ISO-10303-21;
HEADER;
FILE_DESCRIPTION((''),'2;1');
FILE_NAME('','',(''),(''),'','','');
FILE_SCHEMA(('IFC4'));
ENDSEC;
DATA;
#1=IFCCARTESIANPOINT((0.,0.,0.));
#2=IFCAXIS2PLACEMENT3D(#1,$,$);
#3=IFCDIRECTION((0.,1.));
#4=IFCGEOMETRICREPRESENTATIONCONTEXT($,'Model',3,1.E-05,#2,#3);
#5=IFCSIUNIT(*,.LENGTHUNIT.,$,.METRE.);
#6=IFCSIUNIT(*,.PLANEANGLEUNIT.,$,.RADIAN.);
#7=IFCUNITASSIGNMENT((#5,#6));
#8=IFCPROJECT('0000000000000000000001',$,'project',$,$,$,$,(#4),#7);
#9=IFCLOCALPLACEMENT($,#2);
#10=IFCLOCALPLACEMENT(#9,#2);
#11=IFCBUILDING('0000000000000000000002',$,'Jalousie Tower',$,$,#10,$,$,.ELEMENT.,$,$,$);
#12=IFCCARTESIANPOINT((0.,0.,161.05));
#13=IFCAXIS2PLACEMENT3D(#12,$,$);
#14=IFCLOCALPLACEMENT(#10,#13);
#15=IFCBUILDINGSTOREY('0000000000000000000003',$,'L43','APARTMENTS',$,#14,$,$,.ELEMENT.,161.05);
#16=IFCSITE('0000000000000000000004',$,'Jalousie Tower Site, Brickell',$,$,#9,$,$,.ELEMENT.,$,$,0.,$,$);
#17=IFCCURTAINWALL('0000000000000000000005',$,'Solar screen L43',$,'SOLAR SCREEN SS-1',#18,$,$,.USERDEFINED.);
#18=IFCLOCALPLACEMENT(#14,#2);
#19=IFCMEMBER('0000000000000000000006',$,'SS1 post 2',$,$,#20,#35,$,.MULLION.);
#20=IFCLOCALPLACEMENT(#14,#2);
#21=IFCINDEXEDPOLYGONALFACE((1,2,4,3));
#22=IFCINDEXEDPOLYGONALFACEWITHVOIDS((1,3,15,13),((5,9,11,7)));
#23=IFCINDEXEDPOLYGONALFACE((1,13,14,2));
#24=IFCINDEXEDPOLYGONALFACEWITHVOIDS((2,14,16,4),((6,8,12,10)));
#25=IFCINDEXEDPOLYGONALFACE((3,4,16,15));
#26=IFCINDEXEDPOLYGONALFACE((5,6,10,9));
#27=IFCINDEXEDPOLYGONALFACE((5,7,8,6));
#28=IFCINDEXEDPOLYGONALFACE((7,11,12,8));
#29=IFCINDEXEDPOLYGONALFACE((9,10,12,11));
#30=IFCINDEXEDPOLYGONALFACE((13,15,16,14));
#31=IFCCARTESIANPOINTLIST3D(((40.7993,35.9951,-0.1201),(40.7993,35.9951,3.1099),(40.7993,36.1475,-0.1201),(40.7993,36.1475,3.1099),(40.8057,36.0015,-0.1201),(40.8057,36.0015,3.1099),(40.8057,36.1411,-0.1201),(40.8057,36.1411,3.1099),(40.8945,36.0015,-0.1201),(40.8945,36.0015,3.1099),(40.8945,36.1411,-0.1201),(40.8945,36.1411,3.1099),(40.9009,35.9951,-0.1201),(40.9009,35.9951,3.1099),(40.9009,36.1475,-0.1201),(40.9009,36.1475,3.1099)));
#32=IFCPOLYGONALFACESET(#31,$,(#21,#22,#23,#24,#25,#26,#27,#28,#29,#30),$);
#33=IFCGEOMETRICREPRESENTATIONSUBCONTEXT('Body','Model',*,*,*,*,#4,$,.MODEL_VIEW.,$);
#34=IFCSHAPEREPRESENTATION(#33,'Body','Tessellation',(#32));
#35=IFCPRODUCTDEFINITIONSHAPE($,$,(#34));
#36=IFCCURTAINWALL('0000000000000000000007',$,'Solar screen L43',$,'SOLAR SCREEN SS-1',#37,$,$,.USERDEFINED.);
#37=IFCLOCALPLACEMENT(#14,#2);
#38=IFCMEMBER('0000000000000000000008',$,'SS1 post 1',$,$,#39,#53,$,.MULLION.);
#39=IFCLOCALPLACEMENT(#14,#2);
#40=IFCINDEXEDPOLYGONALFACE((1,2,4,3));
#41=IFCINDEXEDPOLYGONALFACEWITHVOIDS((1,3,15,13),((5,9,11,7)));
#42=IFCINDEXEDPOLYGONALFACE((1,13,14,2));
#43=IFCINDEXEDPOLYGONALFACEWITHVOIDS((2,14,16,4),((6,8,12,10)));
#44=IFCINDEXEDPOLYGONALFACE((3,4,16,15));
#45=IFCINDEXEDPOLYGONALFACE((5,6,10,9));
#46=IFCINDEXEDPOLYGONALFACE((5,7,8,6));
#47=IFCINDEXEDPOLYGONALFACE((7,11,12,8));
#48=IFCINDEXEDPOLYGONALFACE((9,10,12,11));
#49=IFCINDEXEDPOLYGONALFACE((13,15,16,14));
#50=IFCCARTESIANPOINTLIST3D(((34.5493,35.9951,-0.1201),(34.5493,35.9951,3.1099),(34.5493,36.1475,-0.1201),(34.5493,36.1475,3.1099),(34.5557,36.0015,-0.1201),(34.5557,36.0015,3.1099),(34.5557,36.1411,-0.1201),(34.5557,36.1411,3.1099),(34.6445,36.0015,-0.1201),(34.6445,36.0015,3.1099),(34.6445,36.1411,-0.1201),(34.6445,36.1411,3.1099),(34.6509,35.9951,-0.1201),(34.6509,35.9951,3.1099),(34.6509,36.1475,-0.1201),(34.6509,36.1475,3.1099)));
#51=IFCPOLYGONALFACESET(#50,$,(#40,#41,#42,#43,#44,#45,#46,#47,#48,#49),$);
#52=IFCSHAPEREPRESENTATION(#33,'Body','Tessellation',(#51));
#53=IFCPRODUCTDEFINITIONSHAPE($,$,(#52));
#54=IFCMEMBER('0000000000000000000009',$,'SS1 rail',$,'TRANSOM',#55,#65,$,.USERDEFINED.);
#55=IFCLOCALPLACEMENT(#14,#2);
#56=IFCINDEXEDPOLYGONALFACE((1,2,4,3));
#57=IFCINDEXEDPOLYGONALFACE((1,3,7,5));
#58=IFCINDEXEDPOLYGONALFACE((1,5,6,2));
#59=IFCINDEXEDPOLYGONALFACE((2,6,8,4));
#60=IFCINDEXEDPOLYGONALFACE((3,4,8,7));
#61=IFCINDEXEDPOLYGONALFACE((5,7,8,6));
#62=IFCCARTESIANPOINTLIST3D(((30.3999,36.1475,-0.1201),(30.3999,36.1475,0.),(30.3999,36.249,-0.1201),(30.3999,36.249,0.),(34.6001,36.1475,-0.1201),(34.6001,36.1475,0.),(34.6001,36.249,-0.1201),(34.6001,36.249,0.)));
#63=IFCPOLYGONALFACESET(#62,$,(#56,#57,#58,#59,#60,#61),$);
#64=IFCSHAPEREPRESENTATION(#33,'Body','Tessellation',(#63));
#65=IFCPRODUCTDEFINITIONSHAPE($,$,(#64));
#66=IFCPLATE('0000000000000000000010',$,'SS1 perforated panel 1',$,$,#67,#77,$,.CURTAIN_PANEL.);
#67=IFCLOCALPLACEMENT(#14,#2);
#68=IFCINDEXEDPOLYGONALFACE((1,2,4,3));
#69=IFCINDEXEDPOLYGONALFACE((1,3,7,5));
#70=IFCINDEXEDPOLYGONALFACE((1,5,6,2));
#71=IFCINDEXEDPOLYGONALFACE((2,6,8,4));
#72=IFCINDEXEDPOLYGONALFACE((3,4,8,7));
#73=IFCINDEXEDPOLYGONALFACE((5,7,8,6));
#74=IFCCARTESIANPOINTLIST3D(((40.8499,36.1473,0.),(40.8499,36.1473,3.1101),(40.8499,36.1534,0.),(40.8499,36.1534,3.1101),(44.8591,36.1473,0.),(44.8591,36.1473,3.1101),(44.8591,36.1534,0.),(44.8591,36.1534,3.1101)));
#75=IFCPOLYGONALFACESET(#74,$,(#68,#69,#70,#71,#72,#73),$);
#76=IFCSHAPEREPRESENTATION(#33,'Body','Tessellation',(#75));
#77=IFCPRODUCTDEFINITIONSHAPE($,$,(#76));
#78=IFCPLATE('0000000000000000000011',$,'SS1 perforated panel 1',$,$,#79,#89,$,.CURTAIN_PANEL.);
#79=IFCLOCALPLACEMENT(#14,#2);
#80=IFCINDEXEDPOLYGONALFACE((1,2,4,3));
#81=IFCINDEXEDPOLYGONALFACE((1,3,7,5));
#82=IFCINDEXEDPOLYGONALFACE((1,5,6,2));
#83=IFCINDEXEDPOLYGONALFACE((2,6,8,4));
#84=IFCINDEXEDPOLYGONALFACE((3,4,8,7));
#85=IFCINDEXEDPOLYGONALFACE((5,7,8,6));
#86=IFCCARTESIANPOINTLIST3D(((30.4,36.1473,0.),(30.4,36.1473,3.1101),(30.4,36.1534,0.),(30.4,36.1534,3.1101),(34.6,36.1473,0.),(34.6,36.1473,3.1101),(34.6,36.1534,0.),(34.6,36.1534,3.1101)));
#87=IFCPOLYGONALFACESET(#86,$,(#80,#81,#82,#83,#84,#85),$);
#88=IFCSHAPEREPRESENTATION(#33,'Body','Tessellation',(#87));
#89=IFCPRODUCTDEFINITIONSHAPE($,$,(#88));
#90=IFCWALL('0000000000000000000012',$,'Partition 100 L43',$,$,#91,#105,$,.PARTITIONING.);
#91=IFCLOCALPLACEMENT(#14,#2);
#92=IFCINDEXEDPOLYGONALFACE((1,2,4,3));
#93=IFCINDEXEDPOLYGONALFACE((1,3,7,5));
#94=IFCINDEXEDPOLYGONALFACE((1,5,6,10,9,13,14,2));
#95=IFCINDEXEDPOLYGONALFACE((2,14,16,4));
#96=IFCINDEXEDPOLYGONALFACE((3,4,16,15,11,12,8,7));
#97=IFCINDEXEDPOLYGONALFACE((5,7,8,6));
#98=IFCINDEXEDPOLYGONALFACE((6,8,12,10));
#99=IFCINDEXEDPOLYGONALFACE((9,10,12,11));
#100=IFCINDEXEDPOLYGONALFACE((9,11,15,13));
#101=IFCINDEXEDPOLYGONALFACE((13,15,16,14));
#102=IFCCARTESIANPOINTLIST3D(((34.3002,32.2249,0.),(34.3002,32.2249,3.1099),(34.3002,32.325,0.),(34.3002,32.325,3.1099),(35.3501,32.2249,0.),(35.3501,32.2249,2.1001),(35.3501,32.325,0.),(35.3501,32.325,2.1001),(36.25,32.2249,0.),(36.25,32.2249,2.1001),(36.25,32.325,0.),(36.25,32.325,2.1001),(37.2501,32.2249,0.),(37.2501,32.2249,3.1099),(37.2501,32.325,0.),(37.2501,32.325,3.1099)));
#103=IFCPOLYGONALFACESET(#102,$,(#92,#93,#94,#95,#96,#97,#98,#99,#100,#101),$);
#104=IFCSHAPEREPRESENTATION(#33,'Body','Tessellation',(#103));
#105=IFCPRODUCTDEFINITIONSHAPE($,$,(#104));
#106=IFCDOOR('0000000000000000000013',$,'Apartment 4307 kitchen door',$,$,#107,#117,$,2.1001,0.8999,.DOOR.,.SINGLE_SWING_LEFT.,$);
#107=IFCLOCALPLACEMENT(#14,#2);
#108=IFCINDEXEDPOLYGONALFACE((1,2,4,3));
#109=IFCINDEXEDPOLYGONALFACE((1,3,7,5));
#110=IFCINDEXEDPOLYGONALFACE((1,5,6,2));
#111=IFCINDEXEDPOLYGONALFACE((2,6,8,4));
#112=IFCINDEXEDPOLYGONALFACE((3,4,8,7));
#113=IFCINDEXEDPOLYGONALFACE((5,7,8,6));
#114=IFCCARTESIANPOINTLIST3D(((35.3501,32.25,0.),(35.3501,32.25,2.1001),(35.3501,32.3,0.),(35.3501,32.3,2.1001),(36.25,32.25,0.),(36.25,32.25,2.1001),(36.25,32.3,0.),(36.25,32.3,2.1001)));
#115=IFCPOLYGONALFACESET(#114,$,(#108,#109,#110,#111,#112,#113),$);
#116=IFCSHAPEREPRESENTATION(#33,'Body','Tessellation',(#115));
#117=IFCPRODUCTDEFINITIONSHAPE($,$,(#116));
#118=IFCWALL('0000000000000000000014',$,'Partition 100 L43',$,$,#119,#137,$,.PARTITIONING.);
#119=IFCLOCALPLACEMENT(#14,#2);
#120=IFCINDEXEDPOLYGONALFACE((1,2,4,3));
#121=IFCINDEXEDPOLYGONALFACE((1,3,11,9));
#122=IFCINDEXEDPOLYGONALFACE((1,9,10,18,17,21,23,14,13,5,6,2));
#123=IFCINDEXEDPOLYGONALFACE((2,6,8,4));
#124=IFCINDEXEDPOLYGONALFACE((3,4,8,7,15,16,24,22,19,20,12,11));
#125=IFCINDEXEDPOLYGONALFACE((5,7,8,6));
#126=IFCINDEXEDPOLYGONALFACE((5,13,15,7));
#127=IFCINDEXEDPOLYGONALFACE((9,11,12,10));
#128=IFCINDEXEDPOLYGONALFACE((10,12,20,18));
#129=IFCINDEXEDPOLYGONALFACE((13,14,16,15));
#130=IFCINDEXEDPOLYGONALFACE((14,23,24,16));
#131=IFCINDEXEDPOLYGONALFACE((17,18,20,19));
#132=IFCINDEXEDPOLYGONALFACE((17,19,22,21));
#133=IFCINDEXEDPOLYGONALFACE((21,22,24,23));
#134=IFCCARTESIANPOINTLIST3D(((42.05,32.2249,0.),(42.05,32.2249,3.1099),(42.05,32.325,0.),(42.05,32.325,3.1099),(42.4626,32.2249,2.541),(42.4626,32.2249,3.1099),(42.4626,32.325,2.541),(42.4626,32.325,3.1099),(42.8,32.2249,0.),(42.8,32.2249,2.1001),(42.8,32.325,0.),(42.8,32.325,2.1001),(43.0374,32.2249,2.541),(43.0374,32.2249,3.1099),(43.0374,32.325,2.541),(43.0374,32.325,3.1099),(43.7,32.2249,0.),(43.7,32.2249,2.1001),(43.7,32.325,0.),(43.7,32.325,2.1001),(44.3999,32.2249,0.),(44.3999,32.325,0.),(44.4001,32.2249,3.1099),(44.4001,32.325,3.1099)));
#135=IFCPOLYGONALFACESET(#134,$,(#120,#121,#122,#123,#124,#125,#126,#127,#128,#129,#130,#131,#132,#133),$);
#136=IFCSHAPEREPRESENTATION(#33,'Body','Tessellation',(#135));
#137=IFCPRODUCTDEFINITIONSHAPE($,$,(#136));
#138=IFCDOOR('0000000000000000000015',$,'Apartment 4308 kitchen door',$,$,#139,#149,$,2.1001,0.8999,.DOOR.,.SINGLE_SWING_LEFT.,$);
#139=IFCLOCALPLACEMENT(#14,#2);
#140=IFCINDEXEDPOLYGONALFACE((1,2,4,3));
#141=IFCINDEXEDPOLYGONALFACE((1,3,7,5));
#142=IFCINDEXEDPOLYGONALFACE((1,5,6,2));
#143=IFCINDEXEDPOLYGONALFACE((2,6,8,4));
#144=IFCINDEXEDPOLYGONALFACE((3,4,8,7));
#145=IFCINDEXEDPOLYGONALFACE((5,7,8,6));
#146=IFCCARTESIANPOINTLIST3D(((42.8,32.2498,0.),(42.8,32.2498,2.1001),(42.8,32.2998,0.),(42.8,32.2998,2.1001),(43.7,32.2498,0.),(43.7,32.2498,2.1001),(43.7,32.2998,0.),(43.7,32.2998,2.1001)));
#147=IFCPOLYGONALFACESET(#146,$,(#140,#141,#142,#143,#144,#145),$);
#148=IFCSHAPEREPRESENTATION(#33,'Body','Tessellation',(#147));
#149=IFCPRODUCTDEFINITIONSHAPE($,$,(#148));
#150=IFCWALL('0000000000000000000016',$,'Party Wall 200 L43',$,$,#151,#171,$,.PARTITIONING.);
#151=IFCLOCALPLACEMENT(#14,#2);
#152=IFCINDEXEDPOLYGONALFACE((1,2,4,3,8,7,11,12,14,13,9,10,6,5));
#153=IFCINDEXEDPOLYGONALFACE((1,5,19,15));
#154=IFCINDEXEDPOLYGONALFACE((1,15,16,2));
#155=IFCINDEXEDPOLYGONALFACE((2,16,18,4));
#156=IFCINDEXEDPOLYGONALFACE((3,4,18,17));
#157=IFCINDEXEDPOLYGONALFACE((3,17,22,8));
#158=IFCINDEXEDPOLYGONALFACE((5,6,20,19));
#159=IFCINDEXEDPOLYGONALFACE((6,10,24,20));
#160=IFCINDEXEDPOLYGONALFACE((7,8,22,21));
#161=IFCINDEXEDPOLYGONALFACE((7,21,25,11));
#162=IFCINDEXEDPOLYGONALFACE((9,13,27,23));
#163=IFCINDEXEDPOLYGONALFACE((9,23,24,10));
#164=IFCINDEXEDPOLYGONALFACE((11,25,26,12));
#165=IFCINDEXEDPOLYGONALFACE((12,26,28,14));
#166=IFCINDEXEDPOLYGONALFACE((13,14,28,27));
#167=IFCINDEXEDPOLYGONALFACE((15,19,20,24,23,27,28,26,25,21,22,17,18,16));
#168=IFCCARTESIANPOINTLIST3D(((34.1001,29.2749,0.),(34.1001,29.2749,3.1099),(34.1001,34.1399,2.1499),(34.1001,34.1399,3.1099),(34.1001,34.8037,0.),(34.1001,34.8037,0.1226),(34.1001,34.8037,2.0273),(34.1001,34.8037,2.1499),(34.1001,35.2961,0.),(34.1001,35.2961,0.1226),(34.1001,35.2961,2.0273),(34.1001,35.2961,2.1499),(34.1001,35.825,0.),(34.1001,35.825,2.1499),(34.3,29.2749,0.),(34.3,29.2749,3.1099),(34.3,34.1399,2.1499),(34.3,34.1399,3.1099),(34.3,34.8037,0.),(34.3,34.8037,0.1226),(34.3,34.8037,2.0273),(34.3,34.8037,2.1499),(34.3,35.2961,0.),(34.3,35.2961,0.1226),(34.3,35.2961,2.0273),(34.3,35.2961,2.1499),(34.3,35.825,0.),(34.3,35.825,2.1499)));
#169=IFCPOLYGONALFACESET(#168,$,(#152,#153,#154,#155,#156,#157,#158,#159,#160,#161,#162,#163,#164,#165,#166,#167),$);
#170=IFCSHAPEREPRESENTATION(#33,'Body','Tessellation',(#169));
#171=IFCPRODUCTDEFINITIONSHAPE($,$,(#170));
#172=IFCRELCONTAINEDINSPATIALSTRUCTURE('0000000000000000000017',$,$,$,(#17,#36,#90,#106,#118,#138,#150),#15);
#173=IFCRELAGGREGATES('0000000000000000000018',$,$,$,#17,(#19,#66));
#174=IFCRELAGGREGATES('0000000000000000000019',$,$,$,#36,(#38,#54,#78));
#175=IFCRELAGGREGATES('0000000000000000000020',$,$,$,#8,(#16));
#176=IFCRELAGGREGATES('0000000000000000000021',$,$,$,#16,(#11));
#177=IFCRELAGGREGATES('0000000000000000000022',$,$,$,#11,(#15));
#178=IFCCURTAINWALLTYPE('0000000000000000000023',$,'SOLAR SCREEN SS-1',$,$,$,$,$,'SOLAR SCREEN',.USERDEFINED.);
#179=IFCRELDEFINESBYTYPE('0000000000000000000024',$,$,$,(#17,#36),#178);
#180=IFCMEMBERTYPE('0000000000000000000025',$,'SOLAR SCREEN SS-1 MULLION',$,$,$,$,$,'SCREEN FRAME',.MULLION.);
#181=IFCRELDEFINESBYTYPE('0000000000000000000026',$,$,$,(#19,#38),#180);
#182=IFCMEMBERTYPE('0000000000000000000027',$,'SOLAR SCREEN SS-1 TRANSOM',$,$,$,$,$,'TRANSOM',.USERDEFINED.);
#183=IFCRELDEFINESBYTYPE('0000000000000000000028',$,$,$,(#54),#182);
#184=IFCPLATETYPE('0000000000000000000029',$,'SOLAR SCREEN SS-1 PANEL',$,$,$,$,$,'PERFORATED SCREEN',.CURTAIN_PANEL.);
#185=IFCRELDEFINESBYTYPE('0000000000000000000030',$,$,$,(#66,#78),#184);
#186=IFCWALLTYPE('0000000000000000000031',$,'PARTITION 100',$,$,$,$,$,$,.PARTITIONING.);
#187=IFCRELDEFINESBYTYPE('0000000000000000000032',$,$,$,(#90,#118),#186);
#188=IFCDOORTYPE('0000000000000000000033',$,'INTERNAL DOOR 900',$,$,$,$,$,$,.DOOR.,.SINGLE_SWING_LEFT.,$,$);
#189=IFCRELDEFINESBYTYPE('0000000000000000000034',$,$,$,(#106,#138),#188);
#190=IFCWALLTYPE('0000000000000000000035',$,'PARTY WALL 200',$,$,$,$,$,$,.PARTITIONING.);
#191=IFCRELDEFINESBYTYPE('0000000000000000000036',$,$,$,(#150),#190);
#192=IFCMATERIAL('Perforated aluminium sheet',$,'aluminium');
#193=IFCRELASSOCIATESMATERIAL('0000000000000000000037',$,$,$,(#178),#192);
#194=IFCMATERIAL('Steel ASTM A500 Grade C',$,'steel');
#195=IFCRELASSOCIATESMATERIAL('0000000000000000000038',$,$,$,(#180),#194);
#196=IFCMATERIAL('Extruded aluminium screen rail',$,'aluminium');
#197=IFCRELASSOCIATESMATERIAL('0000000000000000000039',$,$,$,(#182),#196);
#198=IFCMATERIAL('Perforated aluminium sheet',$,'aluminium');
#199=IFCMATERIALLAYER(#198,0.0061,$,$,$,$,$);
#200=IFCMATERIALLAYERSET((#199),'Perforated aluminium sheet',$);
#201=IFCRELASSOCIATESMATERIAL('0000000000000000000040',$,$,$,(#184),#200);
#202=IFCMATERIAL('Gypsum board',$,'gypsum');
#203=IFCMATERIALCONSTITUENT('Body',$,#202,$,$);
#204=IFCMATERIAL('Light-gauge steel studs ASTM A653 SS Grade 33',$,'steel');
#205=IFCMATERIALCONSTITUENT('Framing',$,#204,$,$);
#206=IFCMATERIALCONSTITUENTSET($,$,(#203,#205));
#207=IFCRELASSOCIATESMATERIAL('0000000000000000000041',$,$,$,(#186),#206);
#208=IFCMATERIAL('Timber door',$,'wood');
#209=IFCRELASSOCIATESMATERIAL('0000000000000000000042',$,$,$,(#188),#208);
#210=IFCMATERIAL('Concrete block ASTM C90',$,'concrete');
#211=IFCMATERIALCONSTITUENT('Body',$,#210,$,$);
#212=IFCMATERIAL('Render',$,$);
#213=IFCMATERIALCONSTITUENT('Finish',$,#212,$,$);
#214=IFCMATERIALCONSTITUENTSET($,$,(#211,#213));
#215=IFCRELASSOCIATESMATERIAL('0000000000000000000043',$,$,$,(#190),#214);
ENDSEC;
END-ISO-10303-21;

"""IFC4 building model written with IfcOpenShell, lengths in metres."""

from ifc_helpers import new_model, si_unit, direction, frame, frame_2d, origin, origin_2d, place, context, subcontext, project, spatial, polyline, rectangle, hollow_rectangle, outline, extrude, material, layer, layer_set, constituent, constituent_set, material_profile, profile_set, type_object, element, fill, aggregate, save


model = new_model("IFC4")

# Units and contexts
model_context = context("Model", 3, precision=1e-05, world=origin(), true_north=direction((0.0, 1.0)))
body_context = subcontext(model_context, "Body", "Model", "MODEL_VIEW")
ifc_project = project(units=[si_unit("LENGTHUNIT", "METRE"), si_unit("PLANEANGLEUNIT", "RADIAN")], contexts=[model_context])

# Site, building, storey
site_placement = place(None, origin())
site = spatial("IfcSite", under=ifc_project, at=site_placement, Name="Jalousie Tower Site, Brickell", CompositionType="ELEMENT", RefElevation=0.0)
building_placement = place(site_placement, origin())
building = spatial("IfcBuilding", under=site, at=building_placement, Name="Jalousie Tower", CompositionType="ELEMENT")
storey_placement = place(building_placement, frame((0.0, 0.0, 161.05)))
storey = spatial("IfcBuildingStorey", under=building, at=storey_placement, Name="L43", Description="APARTMENTS", CompositionType="ELEMENT", Elevation=161.05)

# Curtain wall, member
ifc_material_1 = material(Name="Perforated aluminium sheet", Category="aluminium")
curtain_wall_type = type_object("IfcCurtainWallType", Name="SOLAR SCREEN SS-1", ElementType="SOLAR SCREEN", PredefinedType="USERDEFINED", material=ifc_material_1)
curtain_wall_1_placement = place(storey_placement, origin())
curtain_wall_1 = element("IfcCurtainWall", 1, at=curtain_wall_1_placement, inside=storey, type_object=curtain_wall_type, Name="Solar screen L43", ObjectType="SOLAR SCREEN SS-1", PredefinedType="USERDEFINED")
ifc_material_2 = material(Name="Steel ASTM A500 Grade C", Category="steel")
ifc_material_profile_1 = material_profile(ifc_material_2, hollow_rectangle(XDim=0.1016, YDim=0.1523, WallThickness=0.0063, at=origin_2d()), Name="HSS6X4X1/4")
ifc_profile_set_1 = profile_set([ifc_material_profile_1], Name="Steel ASTM A500 Grade C")
member_type_1 = type_object("IfcMemberType", Name="SOLAR SCREEN SS-1 MULLION", ElementType="SCREEN FRAME", PredefinedType="MULLION", material=ifc_profile_set_1)
member_1_placement = place(storey_placement, frame((40.8501, 36.0713, -0.1201), z_axis=(0.0, 0.0, 1.0), x_axis=(-1.0, 0.0, 0.0)))
member_1 = element("IfcMember", 2, at=member_1_placement, type_object=member_type_1, Name="SS1 post 2", PredefinedType="MULLION", context=body_context, shape_type="SweptSolid", body=[
    extrude(hollow_rectangle(XDim=0.1016, YDim=0.1523, WallThickness=0.0063, at=origin_2d()), origin(), (0.0, 0.0, 1.0), 3.23),
])

# Curtain wall, members
curtain_wall_2_placement = place(storey_placement, origin())
curtain_wall_2 = element("IfcCurtainWall", 3, at=curtain_wall_2_placement, inside=storey, type_object=curtain_wall_type, Name="Solar screen L43", ObjectType="SOLAR SCREEN SS-1", PredefinedType="USERDEFINED")
member_2_placement = place(storey_placement, frame((34.6001, 36.0713, -0.1201), z_axis=(0.0, 0.0, 1.0), x_axis=(-1.0, 0.0, 0.0)))
member_2 = element("IfcMember", 4, at=member_2_placement, type_object=member_type_1, Name="SS1 post 1", PredefinedType="MULLION", context=body_context, shape_type="SweptSolid", body=[
    extrude(hollow_rectangle(XDim=0.1016, YDim=0.1523, WallThickness=0.0063, at=origin_2d()), origin(), (0.0, 0.0, 1.0), 3.23),
])
ifc_material_3 = material(Name="Extruded aluminium screen rail", Category="aluminium")
ifc_material_profile_2 = material_profile(ifc_material_3, rectangle(XDim=0.1016, YDim=0.1201, at=origin_2d()), Name="RAIL 102x120")
ifc_profile_set_2 = profile_set([ifc_material_profile_2], Name="Extruded aluminium screen rail")
member_type_2 = type_object("IfcMemberType", Name="SOLAR SCREEN SS-1 TRANSOM", ElementType="TRANSOM", PredefinedType="USERDEFINED", material=ifc_profile_set_2)
member_3_placement = place(storey_placement, frame((34.6001, 36.1982, -0.0601), z_axis=(-1.0, 0.0, 0.0), x_axis=(0.0, -1.0, 0.0)))
member_3 = element("IfcMember", 5, at=member_3_placement, type_object=member_type_2, Name="SS1 rail", ObjectType="TRANSOM", PredefinedType="USERDEFINED", context=body_context, shape_type="SweptSolid", body=[
    extrude(rectangle(XDim=0.1016, YDim=0.1201, at=origin_2d()), origin(), (0.0, 0.0, 1.0), 4.2002),
])

# Plates
ifc_material_4 = material(Name="Perforated aluminium sheet", Category="aluminium")
ifc_layer_1 = layer(ifc_material_4, 0.0061)
ifc_layer_set_1 = layer_set([ifc_layer_1], Name="Perforated aluminium sheet")
plate_type = type_object("IfcPlateType", Name="SOLAR SCREEN SS-1 PANEL", ElementType="PERFORATED SCREEN", PredefinedType="CURTAIN_PANEL", material=ifc_layer_set_1)
plate_1_placement = place(storey_placement, frame((42.8545, 36.1504, 0.0), z_axis=(0.0, 0.0, 1.0), x_axis=(-1.0, 0.0, 0.0)))
plate_1 = element("IfcPlate", 6, at=plate_1_placement, type_object=plate_type, Name="SS1 perforated panel 1", PredefinedType="CURTAIN_PANEL", context=body_context, shape_type="SweptSolid", body=[
    extrude(rectangle(XDim=4.0093, YDim=0.0061, at=origin_2d()), origin(), (0.0, 0.0, 1.0), 3.1101),
])
aggregate(curtain_wall_1, [member_1, plate_1])
plate_2_placement = place(storey_placement, frame((32.5, 36.1504, 0.0), z_axis=(0.0, 0.0, 1.0), x_axis=(-1.0, 0.0, 0.0)))
plate_2 = element("IfcPlate", 7, at=plate_2_placement, type_object=plate_type, Name="SS1 perforated panel 1", PredefinedType="CURTAIN_PANEL", context=body_context, shape_type="SweptSolid", body=[
    extrude(rectangle(XDim=4.2, YDim=0.0061, at=origin_2d()), origin(), (0.0, 0.0, 1.0), 3.1101),
])
aggregate(curtain_wall_2, [member_2, member_3, plate_2])

# Walls, openings, doors
ifc_material_5 = material(Name="Gypsum board", Category="gypsum")
ifc_constituent_1 = constituent(ifc_material_5, Name="Body")
ifc_material_6 = material(Name="Light-gauge steel studs ASTM A653 SS Grade 33", Category="steel")
ifc_constituent_2 = constituent(ifc_material_6, Name="Framing")
ifc_constituent_set_1 = constituent_set(constituents=[ifc_constituent_1, ifc_constituent_2])
wall_type_1 = type_object("IfcWallType", Name="PARTITION 100", PredefinedType="PARTITIONING", material=ifc_constituent_set_1)
wall_1_placement = place(storey_placement, frame((34.3, 32.2749, 0.0), z_axis=(0.0, 0.0, 1.0), x_axis=(1.0, 0.0, 0.0)))
wall_1 = element("IfcWall", 8, at=wall_1_placement, inside=storey, type_object=wall_type_1, Name="Partition 100 L43", PredefinedType="PARTITIONING", context=body_context, shape_type="SweptSolid", body=[
    extrude(rectangle(XDim=2.95, YDim=0.1001, at=frame_2d((1.4751, 0.0))), origin(), (0.0, 0.0, 1.0), 3.1099),
])
opening_1_placement = place(wall_1_placement, frame((1.05, 0.0, 0.0)))
opening_1 = element("IfcOpeningElement", 9, at=opening_1_placement, cuts=wall_1, PredefinedType="OPENING", context=body_context, shape_type="SweptSolid", body=[
    extrude(rectangle(XDim=0.8999, YDim=2.1001, at=frame_2d((0.45, 1.05))), frame((0.0, 0.0601, 0.0), z_axis=(0.0, -1.0, 0.0), x_axis=(1.0, 0.0, 0.0)), (0.0, 0.0, 1.0), 0.1201),
])
ifc_material_7 = material(Name="Timber door", Category="wood")
door_type = type_object("IfcDoorType", Name="INTERNAL DOOR 900", OperationType="SINGLE_SWING_LEFT", PredefinedType="DOOR", material=ifc_material_7)
door_1_placement = place(opening_1_placement, frame((0.8999, 0.0, 0.0), z_axis=(0.0, 0.0, 1.0), x_axis=(-1.0, 0.0, 0.0)))
door_1 = element("IfcDoor", 10, at=door_1_placement, inside=storey, type_object=door_type, Name="Apartment 4307 kitchen door", OperationType="SINGLE_SWING_LEFT", OverallHeight=2.1001, OverallWidth=0.8999, PredefinedType="DOOR", context=body_context, shape_type="SweptSolid", body=[
    extrude(rectangle(XDim=0.8999, YDim=2.1001, at=frame_2d((0.45, 1.05))), frame((0.0, 0.0249, 0.0), z_axis=(0.0, -1.0, 0.0), x_axis=(1.0, 0.0, 0.0)), (0.0, 0.0, 1.0), 0.05),
])
fill(opening_1, door_1)
wall_2_placement = place(storey_placement, frame((42.05, 32.2749, 0.0), z_axis=(0.0, 0.0, 1.0), x_axis=(1.0, 0.0, 0.0)))
wall_2 = element("IfcWall", 11, at=wall_2_placement, inside=storey, type_object=wall_type_1, Name="Partition 100 L43", PredefinedType="PARTITIONING", context=body_context, shape_type="SweptSolid", body=[
    extrude(outline(polyline([(0.0, 0.0), (2.3499, 0.0), (2.3501, 3.1099), (0.9873, 3.1099), (0.9873, 2.541), (0.4126, 2.541), (0.4126, 3.1099), (0.0, 3.1099), (0.0, 0.0)])), frame((0.0, 0.05, 0.0), z_axis=(0.0, -1.0, 0.0), x_axis=(1.0, 0.0, 0.0)), (0.0, 0.0, 1.0), 0.1001),
])
opening_2_placement = place(wall_2_placement, frame((0.75, 0.0, 0.0)))
opening_2 = element("IfcOpeningElement", 12, at=opening_2_placement, cuts=wall_2, PredefinedType="OPENING", context=body_context, shape_type="SweptSolid", body=[
    extrude(rectangle(XDim=0.8999, YDim=2.1001, at=frame_2d((0.45, 1.05))), frame((0.0, 0.0601, 0.0), z_axis=(0.0, -1.0, 0.0), x_axis=(1.0, 0.0, 0.0)), (0.0, 0.0, 1.0), 0.1201),
])
door_2_placement = place(opening_2_placement, origin())
door_2 = element("IfcDoor", 13, at=door_2_placement, inside=storey, type_object=door_type, Name="Apartment 4308 kitchen door", OperationType="SINGLE_SWING_LEFT", OverallHeight=2.1001, OverallWidth=0.8999, PredefinedType="DOOR", context=body_context, shape_type="SweptSolid", body=[
    extrude(rectangle(XDim=0.8999, YDim=2.1001, at=frame_2d((0.45, 1.05))), frame((0.0, 0.0249, 0.0), z_axis=(0.0, -1.0, 0.0), x_axis=(1.0, 0.0, 0.0)), (0.0, 0.0, 1.0), 0.05),
])
fill(opening_2, door_2)

# Wall
ifc_material_8 = material(Name="Concrete block ASTM C90", Category="concrete")
ifc_constituent_3 = constituent(ifc_material_8, Name="Body")
ifc_material_9 = material(Name="Render")
ifc_constituent_4 = constituent(ifc_material_9, Name="Finish")
ifc_constituent_set_2 = constituent_set(constituents=[ifc_constituent_3, ifc_constituent_4])
wall_type_2 = type_object("IfcWallType", Name="PARTY WALL 200", PredefinedType="PARTITIONING", material=ifc_constituent_set_2)
wall_3_placement = place(storey_placement, frame((34.2, 35.825, 0.0), z_axis=(0.0, 0.0, 1.0), x_axis=(0.0, -1.0, 0.0)))
element("IfcWall", 14, at=wall_3_placement, inside=storey, type_object=wall_type_2, Name="Party Wall 200 L43", PredefinedType="PARTITIONING", context=body_context, shape_type="SweptSolid", body=[
    extrude(outline(polyline([(0.5288, 2.1499), (0.0, 2.1499), (0.0, 0.0), (0.5288, 0.0), (0.5288, 0.1226), (1.0212, 0.1226), (1.0212, 0.0), (6.55, 0.0), (6.55, 3.1099), (1.6851, 3.1099), (1.6851, 2.1499), (1.0212, 2.1499), (1.0212, 2.0273), (0.5288, 2.0273), (0.5288, 2.1499)])), frame((0.0, 0.1001, 0.0), z_axis=(0.0, -1.0, 0.0), x_axis=(1.0, 0.0, 0.0)), (0.0, 0.0, 1.0), 0.2),
])

save(model, "model.ifc")
